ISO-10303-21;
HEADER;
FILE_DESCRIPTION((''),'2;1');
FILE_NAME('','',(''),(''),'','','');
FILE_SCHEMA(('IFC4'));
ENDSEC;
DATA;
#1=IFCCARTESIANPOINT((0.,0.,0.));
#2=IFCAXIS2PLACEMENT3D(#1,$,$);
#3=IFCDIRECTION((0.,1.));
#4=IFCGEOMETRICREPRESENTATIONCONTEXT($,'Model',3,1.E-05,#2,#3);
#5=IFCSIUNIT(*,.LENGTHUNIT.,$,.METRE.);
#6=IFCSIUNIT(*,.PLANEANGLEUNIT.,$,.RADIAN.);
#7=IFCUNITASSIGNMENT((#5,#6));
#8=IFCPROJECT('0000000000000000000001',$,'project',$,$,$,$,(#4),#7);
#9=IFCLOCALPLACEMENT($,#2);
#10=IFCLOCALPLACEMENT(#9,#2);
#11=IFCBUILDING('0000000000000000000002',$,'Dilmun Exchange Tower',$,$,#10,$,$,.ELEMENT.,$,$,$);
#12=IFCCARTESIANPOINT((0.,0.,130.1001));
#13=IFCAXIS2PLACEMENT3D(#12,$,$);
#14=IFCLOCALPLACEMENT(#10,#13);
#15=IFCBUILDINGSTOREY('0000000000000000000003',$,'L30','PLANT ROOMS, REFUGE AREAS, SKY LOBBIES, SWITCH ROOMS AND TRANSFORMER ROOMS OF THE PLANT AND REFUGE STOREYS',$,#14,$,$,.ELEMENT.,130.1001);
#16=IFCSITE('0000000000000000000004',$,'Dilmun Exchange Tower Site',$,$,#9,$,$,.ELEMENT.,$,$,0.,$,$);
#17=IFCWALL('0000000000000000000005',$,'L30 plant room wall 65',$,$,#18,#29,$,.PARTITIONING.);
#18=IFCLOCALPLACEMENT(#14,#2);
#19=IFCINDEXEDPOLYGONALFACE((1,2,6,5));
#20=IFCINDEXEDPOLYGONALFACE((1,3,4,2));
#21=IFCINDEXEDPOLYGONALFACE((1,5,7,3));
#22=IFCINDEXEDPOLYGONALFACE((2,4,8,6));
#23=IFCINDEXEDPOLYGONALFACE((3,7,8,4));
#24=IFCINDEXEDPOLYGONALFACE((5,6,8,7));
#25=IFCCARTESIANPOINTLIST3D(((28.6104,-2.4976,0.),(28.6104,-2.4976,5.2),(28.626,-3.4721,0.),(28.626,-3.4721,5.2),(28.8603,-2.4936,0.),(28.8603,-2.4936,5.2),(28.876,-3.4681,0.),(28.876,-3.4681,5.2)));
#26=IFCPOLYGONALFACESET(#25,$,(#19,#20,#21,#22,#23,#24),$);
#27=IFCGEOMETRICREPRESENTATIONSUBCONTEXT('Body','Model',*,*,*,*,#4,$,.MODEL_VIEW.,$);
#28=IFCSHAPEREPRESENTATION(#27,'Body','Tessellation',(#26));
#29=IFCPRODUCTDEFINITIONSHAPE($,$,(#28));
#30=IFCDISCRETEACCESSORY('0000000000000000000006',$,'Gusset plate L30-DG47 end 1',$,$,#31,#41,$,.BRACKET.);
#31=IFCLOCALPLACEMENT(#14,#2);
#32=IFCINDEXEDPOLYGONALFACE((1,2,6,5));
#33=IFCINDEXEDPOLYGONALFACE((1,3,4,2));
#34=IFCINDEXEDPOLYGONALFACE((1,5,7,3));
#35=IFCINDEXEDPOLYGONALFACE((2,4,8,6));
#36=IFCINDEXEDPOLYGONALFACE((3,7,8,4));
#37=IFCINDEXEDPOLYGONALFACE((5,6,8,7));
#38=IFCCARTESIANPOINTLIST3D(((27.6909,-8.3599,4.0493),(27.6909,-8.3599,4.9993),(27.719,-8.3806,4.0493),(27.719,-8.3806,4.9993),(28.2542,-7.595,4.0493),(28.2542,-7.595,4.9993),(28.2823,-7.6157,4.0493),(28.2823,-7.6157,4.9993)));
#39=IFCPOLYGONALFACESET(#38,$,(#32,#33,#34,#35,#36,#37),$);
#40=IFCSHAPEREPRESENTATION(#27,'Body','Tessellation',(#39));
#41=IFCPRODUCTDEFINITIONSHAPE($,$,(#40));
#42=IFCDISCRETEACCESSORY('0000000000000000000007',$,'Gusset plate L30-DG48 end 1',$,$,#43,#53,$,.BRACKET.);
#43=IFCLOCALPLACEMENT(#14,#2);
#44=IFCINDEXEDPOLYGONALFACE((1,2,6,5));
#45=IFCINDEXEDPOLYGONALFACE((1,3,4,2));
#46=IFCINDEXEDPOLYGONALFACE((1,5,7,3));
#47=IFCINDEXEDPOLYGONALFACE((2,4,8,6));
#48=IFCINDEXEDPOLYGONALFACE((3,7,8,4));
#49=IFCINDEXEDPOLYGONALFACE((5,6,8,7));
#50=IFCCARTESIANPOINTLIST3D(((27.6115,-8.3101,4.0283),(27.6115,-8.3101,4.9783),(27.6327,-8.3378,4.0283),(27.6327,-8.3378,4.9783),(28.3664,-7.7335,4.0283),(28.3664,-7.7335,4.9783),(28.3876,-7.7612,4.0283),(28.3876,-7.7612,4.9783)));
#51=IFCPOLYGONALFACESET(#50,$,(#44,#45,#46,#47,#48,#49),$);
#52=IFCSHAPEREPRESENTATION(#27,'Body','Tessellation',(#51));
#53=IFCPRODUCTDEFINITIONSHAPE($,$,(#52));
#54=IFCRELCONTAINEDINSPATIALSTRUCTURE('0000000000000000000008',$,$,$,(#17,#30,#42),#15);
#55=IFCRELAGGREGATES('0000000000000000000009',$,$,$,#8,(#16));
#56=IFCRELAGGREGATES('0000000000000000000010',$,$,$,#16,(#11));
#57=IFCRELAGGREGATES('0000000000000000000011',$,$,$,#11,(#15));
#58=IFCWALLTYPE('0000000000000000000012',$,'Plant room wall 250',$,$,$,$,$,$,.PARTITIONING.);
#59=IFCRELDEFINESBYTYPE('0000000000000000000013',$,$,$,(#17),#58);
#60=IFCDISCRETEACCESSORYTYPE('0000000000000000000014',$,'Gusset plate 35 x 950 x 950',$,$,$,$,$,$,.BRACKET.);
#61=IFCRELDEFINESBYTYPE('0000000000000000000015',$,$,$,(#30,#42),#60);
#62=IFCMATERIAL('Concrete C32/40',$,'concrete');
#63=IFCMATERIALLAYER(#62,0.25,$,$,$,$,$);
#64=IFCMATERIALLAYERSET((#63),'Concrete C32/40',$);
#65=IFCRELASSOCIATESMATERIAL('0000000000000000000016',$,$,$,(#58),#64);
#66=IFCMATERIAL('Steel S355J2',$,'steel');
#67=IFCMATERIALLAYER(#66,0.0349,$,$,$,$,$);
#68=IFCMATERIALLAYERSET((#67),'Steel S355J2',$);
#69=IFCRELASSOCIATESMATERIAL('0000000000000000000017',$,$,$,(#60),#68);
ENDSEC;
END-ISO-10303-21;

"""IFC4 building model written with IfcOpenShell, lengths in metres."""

from ifc_helpers import new_model, si_unit, direction, frame, frame_2d, origin, origin_2d, place, context, subcontext, project, spatial, rectangle, extrude, material, layer, layer_set, type_object, element, save


model = new_model("IFC4")

# Units and contexts
model_context = context("Model", 3, precision=1e-05, world=origin(), true_north=direction((0.0, 1.0)))
body_context = subcontext(model_context, "Body", "Model", "MODEL_VIEW")
ifc_project = project(units=[si_unit("LENGTHUNIT", "METRE"), si_unit("PLANEANGLEUNIT", "RADIAN")], contexts=[model_context])

# Site, building, storey
site_placement = place(None, origin())
site = spatial("IfcSite", under=ifc_project, at=site_placement, Name="Dilmun Exchange Tower Site", CompositionType="ELEMENT", RefElevation=0.0)
building_placement = place(site_placement, origin())
building = spatial("IfcBuilding", under=site, at=building_placement, Name="Dilmun Exchange Tower", CompositionType="ELEMENT")
storey_placement = place(building_placement, frame((0.0, 0.0, 130.1001)))
storey = spatial("IfcBuildingStorey", under=building, at=storey_placement, Name="L30", Description="PLANT ROOMS, REFUGE AREAS, SKY LOBBIES, SWITCH ROOMS AND TRANSFORMER ROOMS OF THE PLANT AND REFUGE STOREYS", CompositionType="ELEMENT", Elevation=130.1001)

# Wall
ifc_material_1 = material(Name="Concrete C32/40", Category="concrete")
ifc_layer_1 = layer(ifc_material_1, 0.25)
ifc_layer_set_1 = layer_set([ifc_layer_1], Name="Concrete C32/40")
wall_type = type_object("IfcWallType", Name="Plant room wall 250", PredefinedType="PARTITIONING", material=ifc_layer_set_1)
wall_1_placement = place(storey_placement, frame((28.7354, -2.4956, 0.0), z_axis=(0.0, 0.0, 1.0), x_axis=(0.016034, -0.999871, 0.0)))
element("IfcWall", 1, at=wall_1_placement, inside=storey, type_object=wall_type, Name="L30 plant room wall 65", PredefinedType="PARTITIONING", context=body_context, shape_type="SweptSolid", body=[
    extrude(rectangle(XDim=0.9746, YDim=0.25, at=frame_2d((0.4873, 0.0))), origin(), (0.0, 0.0, 1.0), 5.2),
])

# Discrete accessories
ifc_material_2 = material(Name="Steel S355J2", Category="steel")
ifc_layer_2 = layer(ifc_material_2, 0.0349)
ifc_layer_set_2 = layer_set([ifc_layer_2], Name="Steel S355J2")
discrete_accessory_type = type_object("IfcDiscreteAccessoryType", Name="Gusset plate 35 x 950 x 950", PredefinedType="BRACKET", material=ifc_layer_set_2)
for number, where, z_axis, x_axis, name in (
    (2, (27.9866, -7.9878, 4.0493), (0.0, 0.0, 1.0), (0.592955, 0.805235, 0.0), "Gusset plate L30-DG47 end 1"),
    (3, (27.9995, -8.0356, 4.0283), (0.0, 0.0, 1.0), (0.794688, 0.607018, 0.0), "Gusset plate L30-DG48 end 1"),
):
    element("IfcDiscreteAccessory", number, at=place(storey_placement, frame(where, z_axis=z_axis, x_axis=x_axis)), inside=storey, type_object=discrete_accessory_type, Name=name, PredefinedType="BRACKET", context=body_context, shape_type="SweptSolid", body=[
        extrude(rectangle(XDim=0.95, YDim=0.0349, at=origin_2d()), origin(), (0.0, 0.0, 1.0), 0.95),
    ])

save(model, "model.ifc")
